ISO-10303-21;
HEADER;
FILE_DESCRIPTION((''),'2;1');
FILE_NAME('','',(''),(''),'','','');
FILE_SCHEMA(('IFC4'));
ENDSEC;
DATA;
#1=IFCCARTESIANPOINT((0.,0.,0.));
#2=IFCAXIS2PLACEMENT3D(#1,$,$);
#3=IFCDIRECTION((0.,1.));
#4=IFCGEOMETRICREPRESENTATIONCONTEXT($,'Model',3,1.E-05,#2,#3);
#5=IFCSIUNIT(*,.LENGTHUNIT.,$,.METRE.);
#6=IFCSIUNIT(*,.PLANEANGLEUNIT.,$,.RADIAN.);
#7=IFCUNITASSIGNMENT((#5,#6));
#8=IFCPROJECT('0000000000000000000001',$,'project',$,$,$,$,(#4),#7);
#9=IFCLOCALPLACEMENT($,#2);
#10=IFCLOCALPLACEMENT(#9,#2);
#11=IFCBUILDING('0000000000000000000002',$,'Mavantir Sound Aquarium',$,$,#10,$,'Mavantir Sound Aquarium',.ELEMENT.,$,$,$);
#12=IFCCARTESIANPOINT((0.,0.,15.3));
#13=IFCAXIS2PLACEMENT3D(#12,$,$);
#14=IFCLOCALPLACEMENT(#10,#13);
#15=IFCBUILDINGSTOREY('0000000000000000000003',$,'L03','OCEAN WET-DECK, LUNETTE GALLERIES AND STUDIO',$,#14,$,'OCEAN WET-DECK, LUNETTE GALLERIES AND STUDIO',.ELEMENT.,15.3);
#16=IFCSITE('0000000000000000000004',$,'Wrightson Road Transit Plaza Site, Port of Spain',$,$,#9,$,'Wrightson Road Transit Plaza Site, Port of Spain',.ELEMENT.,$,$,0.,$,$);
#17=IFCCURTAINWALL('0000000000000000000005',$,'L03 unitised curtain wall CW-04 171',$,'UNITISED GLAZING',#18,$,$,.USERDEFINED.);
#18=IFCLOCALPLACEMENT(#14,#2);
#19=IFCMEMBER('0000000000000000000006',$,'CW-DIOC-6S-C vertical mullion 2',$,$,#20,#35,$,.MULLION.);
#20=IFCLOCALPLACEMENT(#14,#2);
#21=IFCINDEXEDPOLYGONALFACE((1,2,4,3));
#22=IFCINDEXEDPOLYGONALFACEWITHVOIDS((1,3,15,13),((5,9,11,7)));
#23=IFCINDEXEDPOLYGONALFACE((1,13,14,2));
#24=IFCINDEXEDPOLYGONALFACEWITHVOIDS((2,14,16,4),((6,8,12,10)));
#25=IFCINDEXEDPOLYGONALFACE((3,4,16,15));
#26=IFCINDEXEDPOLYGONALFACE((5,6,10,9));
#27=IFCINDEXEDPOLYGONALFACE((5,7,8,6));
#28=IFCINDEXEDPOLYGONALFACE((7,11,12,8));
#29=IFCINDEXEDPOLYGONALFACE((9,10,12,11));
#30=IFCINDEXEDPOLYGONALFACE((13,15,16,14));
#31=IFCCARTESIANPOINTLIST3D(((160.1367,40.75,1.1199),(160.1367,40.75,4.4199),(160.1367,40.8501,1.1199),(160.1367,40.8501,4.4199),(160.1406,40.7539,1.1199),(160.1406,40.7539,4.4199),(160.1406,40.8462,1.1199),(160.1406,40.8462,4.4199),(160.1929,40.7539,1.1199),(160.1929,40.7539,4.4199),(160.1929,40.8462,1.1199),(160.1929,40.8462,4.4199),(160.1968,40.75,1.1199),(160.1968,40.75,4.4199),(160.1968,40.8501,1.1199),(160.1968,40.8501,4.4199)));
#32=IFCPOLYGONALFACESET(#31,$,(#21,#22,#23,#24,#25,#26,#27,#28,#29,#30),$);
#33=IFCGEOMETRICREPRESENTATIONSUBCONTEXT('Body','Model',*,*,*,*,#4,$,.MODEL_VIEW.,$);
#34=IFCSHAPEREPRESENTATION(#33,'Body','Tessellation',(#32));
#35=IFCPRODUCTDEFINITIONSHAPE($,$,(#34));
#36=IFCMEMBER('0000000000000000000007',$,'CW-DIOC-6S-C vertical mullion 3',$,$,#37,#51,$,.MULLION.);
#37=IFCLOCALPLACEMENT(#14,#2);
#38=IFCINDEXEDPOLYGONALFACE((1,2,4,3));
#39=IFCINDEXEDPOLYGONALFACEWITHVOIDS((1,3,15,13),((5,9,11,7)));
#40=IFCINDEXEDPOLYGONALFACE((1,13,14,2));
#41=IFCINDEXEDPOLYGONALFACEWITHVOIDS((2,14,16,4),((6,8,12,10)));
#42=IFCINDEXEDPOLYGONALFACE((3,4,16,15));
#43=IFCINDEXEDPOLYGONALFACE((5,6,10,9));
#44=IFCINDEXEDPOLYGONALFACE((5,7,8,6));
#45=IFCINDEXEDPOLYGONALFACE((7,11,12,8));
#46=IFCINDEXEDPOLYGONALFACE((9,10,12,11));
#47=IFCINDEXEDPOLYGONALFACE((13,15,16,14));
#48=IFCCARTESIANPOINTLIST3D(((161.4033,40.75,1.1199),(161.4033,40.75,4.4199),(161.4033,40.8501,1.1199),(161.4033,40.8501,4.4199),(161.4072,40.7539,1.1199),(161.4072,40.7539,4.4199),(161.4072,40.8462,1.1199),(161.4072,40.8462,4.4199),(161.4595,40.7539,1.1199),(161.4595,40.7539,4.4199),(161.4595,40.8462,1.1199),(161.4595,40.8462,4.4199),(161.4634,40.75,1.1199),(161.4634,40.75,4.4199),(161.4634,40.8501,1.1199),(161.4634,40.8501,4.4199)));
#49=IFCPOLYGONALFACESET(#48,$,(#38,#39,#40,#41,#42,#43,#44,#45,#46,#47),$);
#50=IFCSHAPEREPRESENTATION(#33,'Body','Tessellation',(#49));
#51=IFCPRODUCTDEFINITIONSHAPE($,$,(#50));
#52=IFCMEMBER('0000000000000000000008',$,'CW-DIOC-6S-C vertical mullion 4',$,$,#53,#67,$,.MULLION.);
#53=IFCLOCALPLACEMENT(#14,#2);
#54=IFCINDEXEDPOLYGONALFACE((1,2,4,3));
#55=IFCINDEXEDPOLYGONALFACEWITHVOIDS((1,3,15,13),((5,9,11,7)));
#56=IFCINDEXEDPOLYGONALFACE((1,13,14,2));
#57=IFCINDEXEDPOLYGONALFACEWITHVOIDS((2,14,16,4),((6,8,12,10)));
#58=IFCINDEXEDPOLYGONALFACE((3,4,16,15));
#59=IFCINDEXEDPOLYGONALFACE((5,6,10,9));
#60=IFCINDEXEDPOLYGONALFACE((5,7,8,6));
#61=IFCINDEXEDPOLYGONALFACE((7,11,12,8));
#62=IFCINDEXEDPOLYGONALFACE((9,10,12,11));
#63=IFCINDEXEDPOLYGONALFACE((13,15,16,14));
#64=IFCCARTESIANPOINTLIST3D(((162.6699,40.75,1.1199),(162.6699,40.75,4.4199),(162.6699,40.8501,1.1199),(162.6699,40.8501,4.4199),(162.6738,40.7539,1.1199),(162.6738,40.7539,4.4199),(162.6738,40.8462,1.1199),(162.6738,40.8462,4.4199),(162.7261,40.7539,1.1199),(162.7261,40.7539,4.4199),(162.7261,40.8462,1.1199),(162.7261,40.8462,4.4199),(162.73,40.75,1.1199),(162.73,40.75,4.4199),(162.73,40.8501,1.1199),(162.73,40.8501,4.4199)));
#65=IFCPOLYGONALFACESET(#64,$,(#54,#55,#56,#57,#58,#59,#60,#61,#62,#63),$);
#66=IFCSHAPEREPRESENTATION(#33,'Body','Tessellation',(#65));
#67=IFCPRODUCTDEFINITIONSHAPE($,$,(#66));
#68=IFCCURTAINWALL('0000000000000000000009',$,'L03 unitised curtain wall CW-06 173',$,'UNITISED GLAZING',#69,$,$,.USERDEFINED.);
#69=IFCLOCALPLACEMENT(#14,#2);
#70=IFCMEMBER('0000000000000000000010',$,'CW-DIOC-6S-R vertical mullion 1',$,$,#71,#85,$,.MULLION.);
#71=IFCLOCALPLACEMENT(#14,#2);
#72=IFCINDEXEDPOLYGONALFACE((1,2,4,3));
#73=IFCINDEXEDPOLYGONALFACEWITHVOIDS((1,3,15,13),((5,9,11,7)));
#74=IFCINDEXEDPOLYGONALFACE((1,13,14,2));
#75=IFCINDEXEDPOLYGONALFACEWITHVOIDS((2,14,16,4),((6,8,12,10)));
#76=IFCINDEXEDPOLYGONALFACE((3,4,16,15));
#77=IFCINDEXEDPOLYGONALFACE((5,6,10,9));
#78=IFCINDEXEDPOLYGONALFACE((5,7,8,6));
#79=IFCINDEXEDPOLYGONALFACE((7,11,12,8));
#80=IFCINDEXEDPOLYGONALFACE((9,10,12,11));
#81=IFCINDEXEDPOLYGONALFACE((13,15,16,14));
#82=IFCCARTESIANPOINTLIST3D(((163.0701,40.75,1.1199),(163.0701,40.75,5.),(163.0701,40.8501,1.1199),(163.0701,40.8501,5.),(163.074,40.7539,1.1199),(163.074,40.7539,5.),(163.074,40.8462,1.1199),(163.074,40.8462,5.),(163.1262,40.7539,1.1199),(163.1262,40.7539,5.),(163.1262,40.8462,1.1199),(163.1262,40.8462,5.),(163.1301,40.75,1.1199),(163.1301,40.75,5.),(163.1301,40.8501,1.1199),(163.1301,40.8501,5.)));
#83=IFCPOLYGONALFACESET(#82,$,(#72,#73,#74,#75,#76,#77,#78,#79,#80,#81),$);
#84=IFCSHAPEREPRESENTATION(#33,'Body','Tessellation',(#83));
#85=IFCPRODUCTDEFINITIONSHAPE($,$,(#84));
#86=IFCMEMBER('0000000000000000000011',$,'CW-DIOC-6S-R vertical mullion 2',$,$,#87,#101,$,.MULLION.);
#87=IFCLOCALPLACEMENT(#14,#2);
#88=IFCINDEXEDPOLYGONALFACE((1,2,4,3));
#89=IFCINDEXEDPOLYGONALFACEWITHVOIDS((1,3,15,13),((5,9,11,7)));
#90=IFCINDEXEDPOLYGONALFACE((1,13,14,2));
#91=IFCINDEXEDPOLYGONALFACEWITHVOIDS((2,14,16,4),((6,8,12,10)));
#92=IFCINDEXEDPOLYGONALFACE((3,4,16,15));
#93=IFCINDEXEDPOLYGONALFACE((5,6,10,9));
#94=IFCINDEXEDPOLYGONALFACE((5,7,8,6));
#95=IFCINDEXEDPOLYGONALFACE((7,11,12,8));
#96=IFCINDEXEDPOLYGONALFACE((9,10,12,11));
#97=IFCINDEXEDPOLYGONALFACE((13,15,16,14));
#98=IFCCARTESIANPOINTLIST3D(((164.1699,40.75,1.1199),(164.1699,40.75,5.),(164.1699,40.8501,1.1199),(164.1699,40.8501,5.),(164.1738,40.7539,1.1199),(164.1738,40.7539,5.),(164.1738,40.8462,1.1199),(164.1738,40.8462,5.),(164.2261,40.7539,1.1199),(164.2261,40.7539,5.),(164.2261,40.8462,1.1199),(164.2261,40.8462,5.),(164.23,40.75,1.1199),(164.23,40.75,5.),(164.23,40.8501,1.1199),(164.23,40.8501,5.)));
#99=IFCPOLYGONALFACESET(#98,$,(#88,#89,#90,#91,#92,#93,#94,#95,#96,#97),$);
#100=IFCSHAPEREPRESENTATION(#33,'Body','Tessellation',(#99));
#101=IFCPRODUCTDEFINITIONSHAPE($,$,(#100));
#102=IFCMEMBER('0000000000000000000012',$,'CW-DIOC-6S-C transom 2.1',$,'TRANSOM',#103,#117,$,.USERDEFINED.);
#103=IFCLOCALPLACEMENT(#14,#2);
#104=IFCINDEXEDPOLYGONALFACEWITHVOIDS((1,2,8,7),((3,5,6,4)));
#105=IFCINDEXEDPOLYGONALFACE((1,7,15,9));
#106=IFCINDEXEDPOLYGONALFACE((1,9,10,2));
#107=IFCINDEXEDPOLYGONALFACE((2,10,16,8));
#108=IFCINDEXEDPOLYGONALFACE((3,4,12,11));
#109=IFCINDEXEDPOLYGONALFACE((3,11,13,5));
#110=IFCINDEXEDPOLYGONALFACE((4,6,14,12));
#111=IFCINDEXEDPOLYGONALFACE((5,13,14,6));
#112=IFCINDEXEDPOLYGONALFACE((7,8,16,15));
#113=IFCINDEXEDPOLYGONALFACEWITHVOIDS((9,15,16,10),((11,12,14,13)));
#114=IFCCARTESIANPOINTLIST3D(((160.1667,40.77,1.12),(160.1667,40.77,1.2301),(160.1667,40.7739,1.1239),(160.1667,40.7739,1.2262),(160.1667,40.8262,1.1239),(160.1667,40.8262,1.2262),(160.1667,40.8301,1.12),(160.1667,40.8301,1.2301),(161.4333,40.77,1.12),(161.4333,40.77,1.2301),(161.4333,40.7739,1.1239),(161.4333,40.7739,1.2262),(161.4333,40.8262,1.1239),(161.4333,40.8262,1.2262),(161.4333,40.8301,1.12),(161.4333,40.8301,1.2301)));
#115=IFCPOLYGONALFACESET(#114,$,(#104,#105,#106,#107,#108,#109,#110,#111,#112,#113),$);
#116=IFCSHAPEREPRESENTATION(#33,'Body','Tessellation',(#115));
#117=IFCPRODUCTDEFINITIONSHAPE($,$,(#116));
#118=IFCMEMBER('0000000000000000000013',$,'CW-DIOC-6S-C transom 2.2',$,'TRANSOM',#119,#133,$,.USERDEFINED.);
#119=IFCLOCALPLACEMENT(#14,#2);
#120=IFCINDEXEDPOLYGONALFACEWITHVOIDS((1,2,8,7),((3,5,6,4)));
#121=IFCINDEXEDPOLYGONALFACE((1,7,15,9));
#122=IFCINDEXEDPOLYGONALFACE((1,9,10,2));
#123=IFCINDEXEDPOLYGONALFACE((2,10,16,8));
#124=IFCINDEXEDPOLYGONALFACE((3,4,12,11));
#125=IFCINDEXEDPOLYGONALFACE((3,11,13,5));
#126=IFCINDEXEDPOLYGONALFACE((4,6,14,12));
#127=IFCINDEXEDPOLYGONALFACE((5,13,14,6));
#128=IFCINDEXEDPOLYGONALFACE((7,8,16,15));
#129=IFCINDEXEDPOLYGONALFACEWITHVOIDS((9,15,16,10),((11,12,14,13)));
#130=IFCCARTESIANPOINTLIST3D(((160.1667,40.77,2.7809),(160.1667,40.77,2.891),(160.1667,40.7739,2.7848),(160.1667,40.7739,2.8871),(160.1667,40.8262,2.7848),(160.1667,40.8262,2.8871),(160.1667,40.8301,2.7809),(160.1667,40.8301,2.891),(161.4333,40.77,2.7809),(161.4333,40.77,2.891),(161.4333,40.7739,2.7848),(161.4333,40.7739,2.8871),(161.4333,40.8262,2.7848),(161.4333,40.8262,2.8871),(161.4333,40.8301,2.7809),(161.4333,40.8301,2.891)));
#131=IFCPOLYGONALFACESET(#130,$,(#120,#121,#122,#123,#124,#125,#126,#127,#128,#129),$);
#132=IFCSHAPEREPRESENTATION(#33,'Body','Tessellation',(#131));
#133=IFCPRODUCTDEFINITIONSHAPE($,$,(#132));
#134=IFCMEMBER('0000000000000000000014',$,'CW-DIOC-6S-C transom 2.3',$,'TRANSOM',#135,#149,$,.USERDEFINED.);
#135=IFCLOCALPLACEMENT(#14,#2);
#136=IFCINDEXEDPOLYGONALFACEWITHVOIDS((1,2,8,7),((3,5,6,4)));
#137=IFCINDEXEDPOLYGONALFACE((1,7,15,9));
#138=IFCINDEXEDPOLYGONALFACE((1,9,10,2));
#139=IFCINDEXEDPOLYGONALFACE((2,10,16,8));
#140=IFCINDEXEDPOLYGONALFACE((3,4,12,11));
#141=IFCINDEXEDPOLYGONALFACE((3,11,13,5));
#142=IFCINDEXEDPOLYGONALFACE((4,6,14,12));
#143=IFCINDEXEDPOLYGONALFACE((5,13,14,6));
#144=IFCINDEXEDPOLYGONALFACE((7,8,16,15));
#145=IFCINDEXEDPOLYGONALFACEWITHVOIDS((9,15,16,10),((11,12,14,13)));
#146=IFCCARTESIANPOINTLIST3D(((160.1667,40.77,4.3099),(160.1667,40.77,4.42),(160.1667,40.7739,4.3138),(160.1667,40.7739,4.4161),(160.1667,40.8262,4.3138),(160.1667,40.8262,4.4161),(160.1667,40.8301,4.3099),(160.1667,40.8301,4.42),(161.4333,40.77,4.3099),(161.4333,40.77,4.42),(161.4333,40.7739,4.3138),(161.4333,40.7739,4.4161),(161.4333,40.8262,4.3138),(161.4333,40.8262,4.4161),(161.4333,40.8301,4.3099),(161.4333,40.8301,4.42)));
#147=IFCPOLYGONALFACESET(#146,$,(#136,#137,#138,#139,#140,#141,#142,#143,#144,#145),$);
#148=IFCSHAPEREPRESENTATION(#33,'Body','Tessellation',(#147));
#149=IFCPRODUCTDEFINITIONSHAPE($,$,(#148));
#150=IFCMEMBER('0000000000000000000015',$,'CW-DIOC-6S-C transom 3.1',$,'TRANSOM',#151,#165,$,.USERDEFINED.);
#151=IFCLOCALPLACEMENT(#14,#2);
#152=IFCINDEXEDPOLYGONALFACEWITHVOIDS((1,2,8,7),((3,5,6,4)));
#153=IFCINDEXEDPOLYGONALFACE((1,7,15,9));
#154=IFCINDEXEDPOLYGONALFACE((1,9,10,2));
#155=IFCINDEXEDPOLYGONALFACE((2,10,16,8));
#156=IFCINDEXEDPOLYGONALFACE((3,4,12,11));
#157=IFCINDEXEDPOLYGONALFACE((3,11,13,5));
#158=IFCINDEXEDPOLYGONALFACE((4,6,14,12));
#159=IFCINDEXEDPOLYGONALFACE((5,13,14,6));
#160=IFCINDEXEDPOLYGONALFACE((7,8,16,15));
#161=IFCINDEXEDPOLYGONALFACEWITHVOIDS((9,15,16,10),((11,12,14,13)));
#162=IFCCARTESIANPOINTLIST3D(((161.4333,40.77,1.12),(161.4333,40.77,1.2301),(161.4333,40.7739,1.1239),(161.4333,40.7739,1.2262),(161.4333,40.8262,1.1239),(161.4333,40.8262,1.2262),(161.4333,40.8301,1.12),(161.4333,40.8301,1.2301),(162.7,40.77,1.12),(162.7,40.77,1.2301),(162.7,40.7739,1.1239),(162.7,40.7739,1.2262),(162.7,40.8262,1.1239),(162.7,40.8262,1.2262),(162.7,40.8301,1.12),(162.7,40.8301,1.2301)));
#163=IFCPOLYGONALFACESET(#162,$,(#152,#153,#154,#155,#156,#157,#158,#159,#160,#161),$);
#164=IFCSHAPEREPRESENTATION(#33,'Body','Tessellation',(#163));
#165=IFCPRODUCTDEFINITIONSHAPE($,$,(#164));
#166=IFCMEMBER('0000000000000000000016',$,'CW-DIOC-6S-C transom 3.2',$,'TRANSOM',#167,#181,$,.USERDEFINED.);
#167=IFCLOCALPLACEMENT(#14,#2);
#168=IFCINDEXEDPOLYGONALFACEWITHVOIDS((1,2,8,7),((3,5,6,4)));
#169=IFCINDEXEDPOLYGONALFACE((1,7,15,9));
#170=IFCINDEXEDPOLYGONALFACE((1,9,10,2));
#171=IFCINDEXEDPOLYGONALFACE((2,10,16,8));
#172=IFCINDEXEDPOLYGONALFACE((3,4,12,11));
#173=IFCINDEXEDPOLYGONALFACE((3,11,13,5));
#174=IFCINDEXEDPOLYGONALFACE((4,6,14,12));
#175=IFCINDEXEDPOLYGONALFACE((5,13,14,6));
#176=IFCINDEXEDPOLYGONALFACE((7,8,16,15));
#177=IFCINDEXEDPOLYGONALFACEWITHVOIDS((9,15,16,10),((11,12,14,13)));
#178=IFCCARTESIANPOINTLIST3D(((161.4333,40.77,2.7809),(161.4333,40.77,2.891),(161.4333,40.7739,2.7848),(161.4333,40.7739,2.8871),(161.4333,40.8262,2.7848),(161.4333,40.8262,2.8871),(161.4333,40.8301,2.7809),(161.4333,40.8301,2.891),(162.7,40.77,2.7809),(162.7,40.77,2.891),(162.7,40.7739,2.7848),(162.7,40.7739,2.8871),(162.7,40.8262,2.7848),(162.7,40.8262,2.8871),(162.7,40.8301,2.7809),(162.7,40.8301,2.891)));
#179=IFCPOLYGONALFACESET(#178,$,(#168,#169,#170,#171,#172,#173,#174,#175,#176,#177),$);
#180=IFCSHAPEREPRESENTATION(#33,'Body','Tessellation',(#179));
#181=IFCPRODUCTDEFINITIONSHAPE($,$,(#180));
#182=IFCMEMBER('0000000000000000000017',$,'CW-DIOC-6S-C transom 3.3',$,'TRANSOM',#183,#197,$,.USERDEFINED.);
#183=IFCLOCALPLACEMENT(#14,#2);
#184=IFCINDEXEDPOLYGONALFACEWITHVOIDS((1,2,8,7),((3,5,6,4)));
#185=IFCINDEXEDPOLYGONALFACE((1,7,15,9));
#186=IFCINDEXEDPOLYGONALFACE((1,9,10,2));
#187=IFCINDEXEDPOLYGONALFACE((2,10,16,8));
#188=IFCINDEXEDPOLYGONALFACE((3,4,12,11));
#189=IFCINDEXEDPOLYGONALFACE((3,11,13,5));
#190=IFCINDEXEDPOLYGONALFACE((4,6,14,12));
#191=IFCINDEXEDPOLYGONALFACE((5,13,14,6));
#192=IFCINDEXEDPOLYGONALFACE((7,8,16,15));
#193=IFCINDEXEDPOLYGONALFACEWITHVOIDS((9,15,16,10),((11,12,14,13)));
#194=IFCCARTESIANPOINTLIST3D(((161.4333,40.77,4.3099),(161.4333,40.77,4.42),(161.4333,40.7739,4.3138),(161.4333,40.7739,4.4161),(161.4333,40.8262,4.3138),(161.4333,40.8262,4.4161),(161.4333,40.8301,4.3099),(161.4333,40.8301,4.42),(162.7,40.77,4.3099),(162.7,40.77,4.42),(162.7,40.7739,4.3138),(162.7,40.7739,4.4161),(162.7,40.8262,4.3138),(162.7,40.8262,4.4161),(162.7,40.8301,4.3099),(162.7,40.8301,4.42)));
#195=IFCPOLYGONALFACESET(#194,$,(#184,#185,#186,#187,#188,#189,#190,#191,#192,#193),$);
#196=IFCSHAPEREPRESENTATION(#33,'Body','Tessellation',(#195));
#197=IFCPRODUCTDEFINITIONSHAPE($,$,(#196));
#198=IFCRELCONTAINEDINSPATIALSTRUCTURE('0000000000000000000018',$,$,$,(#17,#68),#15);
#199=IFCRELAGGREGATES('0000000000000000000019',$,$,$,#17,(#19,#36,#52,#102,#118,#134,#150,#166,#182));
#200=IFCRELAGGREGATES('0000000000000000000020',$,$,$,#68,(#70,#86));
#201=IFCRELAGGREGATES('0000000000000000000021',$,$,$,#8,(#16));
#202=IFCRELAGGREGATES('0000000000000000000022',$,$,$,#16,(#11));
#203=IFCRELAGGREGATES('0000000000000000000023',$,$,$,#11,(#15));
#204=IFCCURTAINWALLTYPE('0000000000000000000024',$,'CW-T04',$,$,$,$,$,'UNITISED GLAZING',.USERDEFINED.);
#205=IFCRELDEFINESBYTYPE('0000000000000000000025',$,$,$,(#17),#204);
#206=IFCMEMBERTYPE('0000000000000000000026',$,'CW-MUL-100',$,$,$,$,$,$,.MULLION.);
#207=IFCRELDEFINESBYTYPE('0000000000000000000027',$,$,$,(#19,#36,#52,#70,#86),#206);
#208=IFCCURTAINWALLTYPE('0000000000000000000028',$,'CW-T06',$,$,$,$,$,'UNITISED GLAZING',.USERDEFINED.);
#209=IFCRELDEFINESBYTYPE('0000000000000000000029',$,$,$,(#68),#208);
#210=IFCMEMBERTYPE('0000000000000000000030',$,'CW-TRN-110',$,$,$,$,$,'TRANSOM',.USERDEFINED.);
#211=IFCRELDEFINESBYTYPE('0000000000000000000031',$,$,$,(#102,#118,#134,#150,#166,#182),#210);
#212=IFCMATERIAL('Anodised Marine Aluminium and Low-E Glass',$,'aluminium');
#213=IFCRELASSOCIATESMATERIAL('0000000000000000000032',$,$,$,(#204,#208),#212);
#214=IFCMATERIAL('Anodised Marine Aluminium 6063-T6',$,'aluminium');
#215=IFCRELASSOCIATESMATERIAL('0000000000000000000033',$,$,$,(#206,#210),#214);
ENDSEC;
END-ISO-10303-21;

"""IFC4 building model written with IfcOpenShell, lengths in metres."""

from ifc_helpers import new_model, si_unit, direction, frame, origin, origin_2d, place, context, subcontext, project, spatial, hollow_rectangle, extrude, material, material_profile, profile_set, type_object, element, aggregate, save


model = new_model("IFC4")

# Units and contexts
model_context = context("Model", 3, precision=1e-05, world=origin(), true_north=direction((0.0, 1.0)))
body_context = subcontext(model_context, "Body", "Model", "MODEL_VIEW")
ifc_project = project(units=[si_unit("LENGTHUNIT", "METRE"), si_unit("PLANEANGLEUNIT", "RADIAN")], contexts=[model_context])

# Site, building, storey
site_placement = place(None, origin())
site = spatial("IfcSite", under=ifc_project, at=site_placement, Name="Wrightson Road Transit Plaza Site, Port of Spain", LongName="Wrightson Road Transit Plaza Site, Port of Spain", CompositionType="ELEMENT", RefElevation=0.0)
building_placement = place(site_placement, origin())
building = spatial("IfcBuilding", under=site, at=building_placement, Name="Mavantir Sound Aquarium", LongName="Mavantir Sound Aquarium", CompositionType="ELEMENT")
storey_placement = place(building_placement, frame((0.0, 0.0, 15.3)))
storey = spatial("IfcBuildingStorey", under=building, at=storey_placement, Name="L03", Description="OCEAN WET-DECK, LUNETTE GALLERIES AND STUDIO", LongName="OCEAN WET-DECK, LUNETTE GALLERIES AND STUDIO", CompositionType="ELEMENT", Elevation=15.3)

# Curtain walls, members
ifc_material_1 = material(Name="Anodised Marine Aluminium and Low-E Glass", Category="aluminium")
curtain_wall_type_1 = type_object("IfcCurtainWallType", Name="CW-T04", ElementType="UNITISED GLAZING", PredefinedType="USERDEFINED", material=ifc_material_1)
curtain_wall_1_placement = place(storey_placement, origin())
curtain_wall_1 = element("IfcCurtainWall", 1, at=curtain_wall_1_placement, inside=storey, type_object=curtain_wall_type_1, Name="L03 unitised curtain wall CW-04 171", ObjectType="UNITISED GLAZING", PredefinedType="USERDEFINED")
ifc_material_2 = material(Name="Anodised Marine Aluminium 6063-T6", Category="aluminium")
ifc_material_profile_1 = material_profile(ifc_material_2, hollow_rectangle(XDim=0.0601, YDim=0.1001, WallThickness=0.0039, at=origin_2d()), Name="ALU-MULLION-100X60")
ifc_profile_set_1 = profile_set([ifc_material_profile_1], Name="Anodised Marine Aluminium 6063-T6")
member_type_1 = type_object("IfcMemberType", Name="CW-MUL-100", PredefinedType="MULLION", material=ifc_profile_set_1)
member_1_placement = place(storey_placement, frame((160.1667, 40.8, 1.1199), z_axis=(0.0, 0.0, 1.0), x_axis=(1.0, 0.0, 0.0)))
member_1 = element("IfcMember", 2, at=member_1_placement, type_object=member_type_1, Name="CW-DIOC-6S-C vertical mullion 2", PredefinedType="MULLION", context=body_context, shape_type="SweptSolid", body=[
    extrude(hollow_rectangle(XDim=0.0601, YDim=0.1001, WallThickness=0.0039, at=origin_2d()), origin(), (0.0, 0.0, 1.0), 3.3),
])
member_2_placement = place(storey_placement, frame((161.4333, 40.8, 1.1199), z_axis=(0.0, 0.0, 1.0), x_axis=(1.0, 0.0, 0.0)))
member_2 = element("IfcMember", 3, at=member_2_placement, type_object=member_type_1, Name="CW-DIOC-6S-C vertical mullion 3", PredefinedType="MULLION", context=body_context, shape_type="SweptSolid", body=[
    extrude(hollow_rectangle(XDim=0.0601, YDim=0.1001, WallThickness=0.0039, at=origin_2d()), origin(), (0.0, 0.0, 1.0), 3.3),
])
member_3_placement = place(storey_placement, frame((162.7, 40.8, 1.1199), z_axis=(0.0, 0.0, 1.0), x_axis=(1.0, 0.0, 0.0)))
member_3 = element("IfcMember", 4, at=member_3_placement, type_object=member_type_1, Name="CW-DIOC-6S-C vertical mullion 4", PredefinedType="MULLION", context=body_context, shape_type="SweptSolid", body=[
    extrude(hollow_rectangle(XDim=0.0601, YDim=0.1001, WallThickness=0.0039, at=origin_2d()), origin(), (0.0, 0.0, 1.0), 3.3),
])
curtain_wall_type_2 = type_object("IfcCurtainWallType", Name="CW-T06", ElementType="UNITISED GLAZING", PredefinedType="USERDEFINED", material=ifc_material_1)
curtain_wall_2_placement = place(storey_placement, origin())
curtain_wall_2 = element("IfcCurtainWall", 5, at=curtain_wall_2_placement, inside=storey, type_object=curtain_wall_type_2, Name="L03 unitised curtain wall CW-06 173", ObjectType="UNITISED GLAZING", PredefinedType="USERDEFINED")
member_4_placement = place(storey_placement, frame((163.1001, 40.8, 1.1199), z_axis=(0.0, 0.0, 1.0), x_axis=(1.0, 0.0, 0.0)))
member_4 = element("IfcMember", 6, at=member_4_placement, type_object=member_type_1, Name="CW-DIOC-6S-R vertical mullion 1", PredefinedType="MULLION", context=body_context, shape_type="SweptSolid", body=[
    extrude(hollow_rectangle(XDim=0.0601, YDim=0.1001, WallThickness=0.0039, at=origin_2d()), origin(), (0.0, 0.0, 1.0), 3.8801),
])
member_5_placement = place(storey_placement, frame((164.2, 40.8, 1.1199), z_axis=(0.0, 0.0, 1.0), x_axis=(1.0, 0.0, 0.0)))
member_5 = element("IfcMember", 7, at=member_5_placement, type_object=member_type_1, Name="CW-DIOC-6S-R vertical mullion 2", PredefinedType="MULLION", context=body_context, shape_type="SweptSolid", body=[
    extrude(hollow_rectangle(XDim=0.0601, YDim=0.1001, WallThickness=0.0039, at=origin_2d()), origin(), (0.0, 0.0, 1.0), 3.8801),
])

# Members
ifc_material_profile_2 = material_profile(ifc_material_2, hollow_rectangle(XDim=0.0601, YDim=0.1101, WallThickness=0.0039, at=origin_2d()), Name="ALU-TRANSOM-110X60")
ifc_profile_set_2 = profile_set([ifc_material_profile_2], Name="Anodised Marine Aluminium 6063-T6")
member_type_2 = type_object("IfcMemberType", Name="CW-TRN-110", ElementType="TRANSOM", PredefinedType="USERDEFINED", material=ifc_profile_set_2)
member_6_placement = place(storey_placement, frame((160.1667, 40.8, 1.175), z_axis=(1.0, 0.0, 0.0), x_axis=(0.0, 1.0, 0.0)))
member_6 = element("IfcMember", 8, at=member_6_placement, type_object=member_type_2, Name="CW-DIOC-6S-C transom 2.1", ObjectType="TRANSOM", PredefinedType="USERDEFINED", context=body_context, shape_type="SweptSolid", body=[
    extrude(hollow_rectangle(XDim=0.0601, YDim=0.1101, WallThickness=0.0039, at=origin_2d()), origin(), (0.0, 0.0, 1.0), 1.2666),
])
member_7_placement = place(storey_placement, frame((160.1667, 40.8, 2.8359), z_axis=(1.0, 0.0, 0.0), x_axis=(0.0, 1.0, 0.0)))
member_7 = element("IfcMember", 9, at=member_7_placement, type_object=member_type_2, Name="CW-DIOC-6S-C transom 2.2", ObjectType="TRANSOM", PredefinedType="USERDEFINED", context=body_context, shape_type="SweptSolid", body=[
    extrude(hollow_rectangle(XDim=0.0601, YDim=0.1101, WallThickness=0.0039, at=origin_2d()), origin(), (0.0, 0.0, 1.0), 1.2666),
])
member_8_placement = place(storey_placement, frame((160.1667, 40.8, 4.365), z_axis=(1.0, 0.0, 0.0), x_axis=(0.0, 1.0, 0.0)))
member_8 = element("IfcMember", 10, at=member_8_placement, type_object=member_type_2, Name="CW-DIOC-6S-C transom 2.3", ObjectType="TRANSOM", PredefinedType="USERDEFINED", context=body_context, shape_type="SweptSolid", body=[
    extrude(hollow_rectangle(XDim=0.0601, YDim=0.1101, WallThickness=0.0039, at=origin_2d()), origin(), (0.0, 0.0, 1.0), 1.2666),
])
member_9_placement = place(storey_placement, frame((161.4333, 40.8, 1.175), z_axis=(1.0, 0.0, 0.0), x_axis=(0.0, 1.0, 0.0)))
member_9 = element("IfcMember", 11, at=member_9_placement, type_object=member_type_2, Name="CW-DIOC-6S-C transom 3.1", ObjectType="TRANSOM", PredefinedType="USERDEFINED", context=body_context, shape_type="SweptSolid", body=[
    extrude(hollow_rectangle(XDim=0.0601, YDim=0.1101, WallThickness=0.0039, at=origin_2d()), origin(), (0.0, 0.0, 1.0), 1.2666),
])
member_10_placement = place(storey_placement, frame((161.4333, 40.8, 2.8359), z_axis=(1.0, 0.0, 0.0), x_axis=(0.0, 1.0, 0.0)))
member_10 = element("IfcMember", 12, at=member_10_placement, type_object=member_type_2, Name="CW-DIOC-6S-C transom 3.2", ObjectType="TRANSOM", PredefinedType="USERDEFINED", context=body_context, shape_type="SweptSolid", body=[
    extrude(hollow_rectangle(XDim=0.0601, YDim=0.1101, WallThickness=0.0039, at=origin_2d()), origin(), (0.0, 0.0, 1.0), 1.2666),
])
member_11_placement = place(storey_placement, frame((161.4333, 40.8, 4.365), z_axis=(1.0, 0.0, 0.0), x_axis=(0.0, 1.0, 0.0)))
member_11 = element("IfcMember", 13, at=member_11_placement, type_object=member_type_2, Name="CW-DIOC-6S-C transom 3.3", ObjectType="TRANSOM", PredefinedType="USERDEFINED", context=body_context, shape_type="SweptSolid", body=[
    extrude(hollow_rectangle(XDim=0.0601, YDim=0.1101, WallThickness=0.0039, at=origin_2d()), origin(), (0.0, 0.0, 1.0), 1.2666),
])

aggregate(curtain_wall_1, [member_1, member_2, member_3, member_6, member_7, member_8, member_9, member_10, member_11])
aggregate(curtain_wall_2, [member_4, member_5])

save(model, "model.ifc")
